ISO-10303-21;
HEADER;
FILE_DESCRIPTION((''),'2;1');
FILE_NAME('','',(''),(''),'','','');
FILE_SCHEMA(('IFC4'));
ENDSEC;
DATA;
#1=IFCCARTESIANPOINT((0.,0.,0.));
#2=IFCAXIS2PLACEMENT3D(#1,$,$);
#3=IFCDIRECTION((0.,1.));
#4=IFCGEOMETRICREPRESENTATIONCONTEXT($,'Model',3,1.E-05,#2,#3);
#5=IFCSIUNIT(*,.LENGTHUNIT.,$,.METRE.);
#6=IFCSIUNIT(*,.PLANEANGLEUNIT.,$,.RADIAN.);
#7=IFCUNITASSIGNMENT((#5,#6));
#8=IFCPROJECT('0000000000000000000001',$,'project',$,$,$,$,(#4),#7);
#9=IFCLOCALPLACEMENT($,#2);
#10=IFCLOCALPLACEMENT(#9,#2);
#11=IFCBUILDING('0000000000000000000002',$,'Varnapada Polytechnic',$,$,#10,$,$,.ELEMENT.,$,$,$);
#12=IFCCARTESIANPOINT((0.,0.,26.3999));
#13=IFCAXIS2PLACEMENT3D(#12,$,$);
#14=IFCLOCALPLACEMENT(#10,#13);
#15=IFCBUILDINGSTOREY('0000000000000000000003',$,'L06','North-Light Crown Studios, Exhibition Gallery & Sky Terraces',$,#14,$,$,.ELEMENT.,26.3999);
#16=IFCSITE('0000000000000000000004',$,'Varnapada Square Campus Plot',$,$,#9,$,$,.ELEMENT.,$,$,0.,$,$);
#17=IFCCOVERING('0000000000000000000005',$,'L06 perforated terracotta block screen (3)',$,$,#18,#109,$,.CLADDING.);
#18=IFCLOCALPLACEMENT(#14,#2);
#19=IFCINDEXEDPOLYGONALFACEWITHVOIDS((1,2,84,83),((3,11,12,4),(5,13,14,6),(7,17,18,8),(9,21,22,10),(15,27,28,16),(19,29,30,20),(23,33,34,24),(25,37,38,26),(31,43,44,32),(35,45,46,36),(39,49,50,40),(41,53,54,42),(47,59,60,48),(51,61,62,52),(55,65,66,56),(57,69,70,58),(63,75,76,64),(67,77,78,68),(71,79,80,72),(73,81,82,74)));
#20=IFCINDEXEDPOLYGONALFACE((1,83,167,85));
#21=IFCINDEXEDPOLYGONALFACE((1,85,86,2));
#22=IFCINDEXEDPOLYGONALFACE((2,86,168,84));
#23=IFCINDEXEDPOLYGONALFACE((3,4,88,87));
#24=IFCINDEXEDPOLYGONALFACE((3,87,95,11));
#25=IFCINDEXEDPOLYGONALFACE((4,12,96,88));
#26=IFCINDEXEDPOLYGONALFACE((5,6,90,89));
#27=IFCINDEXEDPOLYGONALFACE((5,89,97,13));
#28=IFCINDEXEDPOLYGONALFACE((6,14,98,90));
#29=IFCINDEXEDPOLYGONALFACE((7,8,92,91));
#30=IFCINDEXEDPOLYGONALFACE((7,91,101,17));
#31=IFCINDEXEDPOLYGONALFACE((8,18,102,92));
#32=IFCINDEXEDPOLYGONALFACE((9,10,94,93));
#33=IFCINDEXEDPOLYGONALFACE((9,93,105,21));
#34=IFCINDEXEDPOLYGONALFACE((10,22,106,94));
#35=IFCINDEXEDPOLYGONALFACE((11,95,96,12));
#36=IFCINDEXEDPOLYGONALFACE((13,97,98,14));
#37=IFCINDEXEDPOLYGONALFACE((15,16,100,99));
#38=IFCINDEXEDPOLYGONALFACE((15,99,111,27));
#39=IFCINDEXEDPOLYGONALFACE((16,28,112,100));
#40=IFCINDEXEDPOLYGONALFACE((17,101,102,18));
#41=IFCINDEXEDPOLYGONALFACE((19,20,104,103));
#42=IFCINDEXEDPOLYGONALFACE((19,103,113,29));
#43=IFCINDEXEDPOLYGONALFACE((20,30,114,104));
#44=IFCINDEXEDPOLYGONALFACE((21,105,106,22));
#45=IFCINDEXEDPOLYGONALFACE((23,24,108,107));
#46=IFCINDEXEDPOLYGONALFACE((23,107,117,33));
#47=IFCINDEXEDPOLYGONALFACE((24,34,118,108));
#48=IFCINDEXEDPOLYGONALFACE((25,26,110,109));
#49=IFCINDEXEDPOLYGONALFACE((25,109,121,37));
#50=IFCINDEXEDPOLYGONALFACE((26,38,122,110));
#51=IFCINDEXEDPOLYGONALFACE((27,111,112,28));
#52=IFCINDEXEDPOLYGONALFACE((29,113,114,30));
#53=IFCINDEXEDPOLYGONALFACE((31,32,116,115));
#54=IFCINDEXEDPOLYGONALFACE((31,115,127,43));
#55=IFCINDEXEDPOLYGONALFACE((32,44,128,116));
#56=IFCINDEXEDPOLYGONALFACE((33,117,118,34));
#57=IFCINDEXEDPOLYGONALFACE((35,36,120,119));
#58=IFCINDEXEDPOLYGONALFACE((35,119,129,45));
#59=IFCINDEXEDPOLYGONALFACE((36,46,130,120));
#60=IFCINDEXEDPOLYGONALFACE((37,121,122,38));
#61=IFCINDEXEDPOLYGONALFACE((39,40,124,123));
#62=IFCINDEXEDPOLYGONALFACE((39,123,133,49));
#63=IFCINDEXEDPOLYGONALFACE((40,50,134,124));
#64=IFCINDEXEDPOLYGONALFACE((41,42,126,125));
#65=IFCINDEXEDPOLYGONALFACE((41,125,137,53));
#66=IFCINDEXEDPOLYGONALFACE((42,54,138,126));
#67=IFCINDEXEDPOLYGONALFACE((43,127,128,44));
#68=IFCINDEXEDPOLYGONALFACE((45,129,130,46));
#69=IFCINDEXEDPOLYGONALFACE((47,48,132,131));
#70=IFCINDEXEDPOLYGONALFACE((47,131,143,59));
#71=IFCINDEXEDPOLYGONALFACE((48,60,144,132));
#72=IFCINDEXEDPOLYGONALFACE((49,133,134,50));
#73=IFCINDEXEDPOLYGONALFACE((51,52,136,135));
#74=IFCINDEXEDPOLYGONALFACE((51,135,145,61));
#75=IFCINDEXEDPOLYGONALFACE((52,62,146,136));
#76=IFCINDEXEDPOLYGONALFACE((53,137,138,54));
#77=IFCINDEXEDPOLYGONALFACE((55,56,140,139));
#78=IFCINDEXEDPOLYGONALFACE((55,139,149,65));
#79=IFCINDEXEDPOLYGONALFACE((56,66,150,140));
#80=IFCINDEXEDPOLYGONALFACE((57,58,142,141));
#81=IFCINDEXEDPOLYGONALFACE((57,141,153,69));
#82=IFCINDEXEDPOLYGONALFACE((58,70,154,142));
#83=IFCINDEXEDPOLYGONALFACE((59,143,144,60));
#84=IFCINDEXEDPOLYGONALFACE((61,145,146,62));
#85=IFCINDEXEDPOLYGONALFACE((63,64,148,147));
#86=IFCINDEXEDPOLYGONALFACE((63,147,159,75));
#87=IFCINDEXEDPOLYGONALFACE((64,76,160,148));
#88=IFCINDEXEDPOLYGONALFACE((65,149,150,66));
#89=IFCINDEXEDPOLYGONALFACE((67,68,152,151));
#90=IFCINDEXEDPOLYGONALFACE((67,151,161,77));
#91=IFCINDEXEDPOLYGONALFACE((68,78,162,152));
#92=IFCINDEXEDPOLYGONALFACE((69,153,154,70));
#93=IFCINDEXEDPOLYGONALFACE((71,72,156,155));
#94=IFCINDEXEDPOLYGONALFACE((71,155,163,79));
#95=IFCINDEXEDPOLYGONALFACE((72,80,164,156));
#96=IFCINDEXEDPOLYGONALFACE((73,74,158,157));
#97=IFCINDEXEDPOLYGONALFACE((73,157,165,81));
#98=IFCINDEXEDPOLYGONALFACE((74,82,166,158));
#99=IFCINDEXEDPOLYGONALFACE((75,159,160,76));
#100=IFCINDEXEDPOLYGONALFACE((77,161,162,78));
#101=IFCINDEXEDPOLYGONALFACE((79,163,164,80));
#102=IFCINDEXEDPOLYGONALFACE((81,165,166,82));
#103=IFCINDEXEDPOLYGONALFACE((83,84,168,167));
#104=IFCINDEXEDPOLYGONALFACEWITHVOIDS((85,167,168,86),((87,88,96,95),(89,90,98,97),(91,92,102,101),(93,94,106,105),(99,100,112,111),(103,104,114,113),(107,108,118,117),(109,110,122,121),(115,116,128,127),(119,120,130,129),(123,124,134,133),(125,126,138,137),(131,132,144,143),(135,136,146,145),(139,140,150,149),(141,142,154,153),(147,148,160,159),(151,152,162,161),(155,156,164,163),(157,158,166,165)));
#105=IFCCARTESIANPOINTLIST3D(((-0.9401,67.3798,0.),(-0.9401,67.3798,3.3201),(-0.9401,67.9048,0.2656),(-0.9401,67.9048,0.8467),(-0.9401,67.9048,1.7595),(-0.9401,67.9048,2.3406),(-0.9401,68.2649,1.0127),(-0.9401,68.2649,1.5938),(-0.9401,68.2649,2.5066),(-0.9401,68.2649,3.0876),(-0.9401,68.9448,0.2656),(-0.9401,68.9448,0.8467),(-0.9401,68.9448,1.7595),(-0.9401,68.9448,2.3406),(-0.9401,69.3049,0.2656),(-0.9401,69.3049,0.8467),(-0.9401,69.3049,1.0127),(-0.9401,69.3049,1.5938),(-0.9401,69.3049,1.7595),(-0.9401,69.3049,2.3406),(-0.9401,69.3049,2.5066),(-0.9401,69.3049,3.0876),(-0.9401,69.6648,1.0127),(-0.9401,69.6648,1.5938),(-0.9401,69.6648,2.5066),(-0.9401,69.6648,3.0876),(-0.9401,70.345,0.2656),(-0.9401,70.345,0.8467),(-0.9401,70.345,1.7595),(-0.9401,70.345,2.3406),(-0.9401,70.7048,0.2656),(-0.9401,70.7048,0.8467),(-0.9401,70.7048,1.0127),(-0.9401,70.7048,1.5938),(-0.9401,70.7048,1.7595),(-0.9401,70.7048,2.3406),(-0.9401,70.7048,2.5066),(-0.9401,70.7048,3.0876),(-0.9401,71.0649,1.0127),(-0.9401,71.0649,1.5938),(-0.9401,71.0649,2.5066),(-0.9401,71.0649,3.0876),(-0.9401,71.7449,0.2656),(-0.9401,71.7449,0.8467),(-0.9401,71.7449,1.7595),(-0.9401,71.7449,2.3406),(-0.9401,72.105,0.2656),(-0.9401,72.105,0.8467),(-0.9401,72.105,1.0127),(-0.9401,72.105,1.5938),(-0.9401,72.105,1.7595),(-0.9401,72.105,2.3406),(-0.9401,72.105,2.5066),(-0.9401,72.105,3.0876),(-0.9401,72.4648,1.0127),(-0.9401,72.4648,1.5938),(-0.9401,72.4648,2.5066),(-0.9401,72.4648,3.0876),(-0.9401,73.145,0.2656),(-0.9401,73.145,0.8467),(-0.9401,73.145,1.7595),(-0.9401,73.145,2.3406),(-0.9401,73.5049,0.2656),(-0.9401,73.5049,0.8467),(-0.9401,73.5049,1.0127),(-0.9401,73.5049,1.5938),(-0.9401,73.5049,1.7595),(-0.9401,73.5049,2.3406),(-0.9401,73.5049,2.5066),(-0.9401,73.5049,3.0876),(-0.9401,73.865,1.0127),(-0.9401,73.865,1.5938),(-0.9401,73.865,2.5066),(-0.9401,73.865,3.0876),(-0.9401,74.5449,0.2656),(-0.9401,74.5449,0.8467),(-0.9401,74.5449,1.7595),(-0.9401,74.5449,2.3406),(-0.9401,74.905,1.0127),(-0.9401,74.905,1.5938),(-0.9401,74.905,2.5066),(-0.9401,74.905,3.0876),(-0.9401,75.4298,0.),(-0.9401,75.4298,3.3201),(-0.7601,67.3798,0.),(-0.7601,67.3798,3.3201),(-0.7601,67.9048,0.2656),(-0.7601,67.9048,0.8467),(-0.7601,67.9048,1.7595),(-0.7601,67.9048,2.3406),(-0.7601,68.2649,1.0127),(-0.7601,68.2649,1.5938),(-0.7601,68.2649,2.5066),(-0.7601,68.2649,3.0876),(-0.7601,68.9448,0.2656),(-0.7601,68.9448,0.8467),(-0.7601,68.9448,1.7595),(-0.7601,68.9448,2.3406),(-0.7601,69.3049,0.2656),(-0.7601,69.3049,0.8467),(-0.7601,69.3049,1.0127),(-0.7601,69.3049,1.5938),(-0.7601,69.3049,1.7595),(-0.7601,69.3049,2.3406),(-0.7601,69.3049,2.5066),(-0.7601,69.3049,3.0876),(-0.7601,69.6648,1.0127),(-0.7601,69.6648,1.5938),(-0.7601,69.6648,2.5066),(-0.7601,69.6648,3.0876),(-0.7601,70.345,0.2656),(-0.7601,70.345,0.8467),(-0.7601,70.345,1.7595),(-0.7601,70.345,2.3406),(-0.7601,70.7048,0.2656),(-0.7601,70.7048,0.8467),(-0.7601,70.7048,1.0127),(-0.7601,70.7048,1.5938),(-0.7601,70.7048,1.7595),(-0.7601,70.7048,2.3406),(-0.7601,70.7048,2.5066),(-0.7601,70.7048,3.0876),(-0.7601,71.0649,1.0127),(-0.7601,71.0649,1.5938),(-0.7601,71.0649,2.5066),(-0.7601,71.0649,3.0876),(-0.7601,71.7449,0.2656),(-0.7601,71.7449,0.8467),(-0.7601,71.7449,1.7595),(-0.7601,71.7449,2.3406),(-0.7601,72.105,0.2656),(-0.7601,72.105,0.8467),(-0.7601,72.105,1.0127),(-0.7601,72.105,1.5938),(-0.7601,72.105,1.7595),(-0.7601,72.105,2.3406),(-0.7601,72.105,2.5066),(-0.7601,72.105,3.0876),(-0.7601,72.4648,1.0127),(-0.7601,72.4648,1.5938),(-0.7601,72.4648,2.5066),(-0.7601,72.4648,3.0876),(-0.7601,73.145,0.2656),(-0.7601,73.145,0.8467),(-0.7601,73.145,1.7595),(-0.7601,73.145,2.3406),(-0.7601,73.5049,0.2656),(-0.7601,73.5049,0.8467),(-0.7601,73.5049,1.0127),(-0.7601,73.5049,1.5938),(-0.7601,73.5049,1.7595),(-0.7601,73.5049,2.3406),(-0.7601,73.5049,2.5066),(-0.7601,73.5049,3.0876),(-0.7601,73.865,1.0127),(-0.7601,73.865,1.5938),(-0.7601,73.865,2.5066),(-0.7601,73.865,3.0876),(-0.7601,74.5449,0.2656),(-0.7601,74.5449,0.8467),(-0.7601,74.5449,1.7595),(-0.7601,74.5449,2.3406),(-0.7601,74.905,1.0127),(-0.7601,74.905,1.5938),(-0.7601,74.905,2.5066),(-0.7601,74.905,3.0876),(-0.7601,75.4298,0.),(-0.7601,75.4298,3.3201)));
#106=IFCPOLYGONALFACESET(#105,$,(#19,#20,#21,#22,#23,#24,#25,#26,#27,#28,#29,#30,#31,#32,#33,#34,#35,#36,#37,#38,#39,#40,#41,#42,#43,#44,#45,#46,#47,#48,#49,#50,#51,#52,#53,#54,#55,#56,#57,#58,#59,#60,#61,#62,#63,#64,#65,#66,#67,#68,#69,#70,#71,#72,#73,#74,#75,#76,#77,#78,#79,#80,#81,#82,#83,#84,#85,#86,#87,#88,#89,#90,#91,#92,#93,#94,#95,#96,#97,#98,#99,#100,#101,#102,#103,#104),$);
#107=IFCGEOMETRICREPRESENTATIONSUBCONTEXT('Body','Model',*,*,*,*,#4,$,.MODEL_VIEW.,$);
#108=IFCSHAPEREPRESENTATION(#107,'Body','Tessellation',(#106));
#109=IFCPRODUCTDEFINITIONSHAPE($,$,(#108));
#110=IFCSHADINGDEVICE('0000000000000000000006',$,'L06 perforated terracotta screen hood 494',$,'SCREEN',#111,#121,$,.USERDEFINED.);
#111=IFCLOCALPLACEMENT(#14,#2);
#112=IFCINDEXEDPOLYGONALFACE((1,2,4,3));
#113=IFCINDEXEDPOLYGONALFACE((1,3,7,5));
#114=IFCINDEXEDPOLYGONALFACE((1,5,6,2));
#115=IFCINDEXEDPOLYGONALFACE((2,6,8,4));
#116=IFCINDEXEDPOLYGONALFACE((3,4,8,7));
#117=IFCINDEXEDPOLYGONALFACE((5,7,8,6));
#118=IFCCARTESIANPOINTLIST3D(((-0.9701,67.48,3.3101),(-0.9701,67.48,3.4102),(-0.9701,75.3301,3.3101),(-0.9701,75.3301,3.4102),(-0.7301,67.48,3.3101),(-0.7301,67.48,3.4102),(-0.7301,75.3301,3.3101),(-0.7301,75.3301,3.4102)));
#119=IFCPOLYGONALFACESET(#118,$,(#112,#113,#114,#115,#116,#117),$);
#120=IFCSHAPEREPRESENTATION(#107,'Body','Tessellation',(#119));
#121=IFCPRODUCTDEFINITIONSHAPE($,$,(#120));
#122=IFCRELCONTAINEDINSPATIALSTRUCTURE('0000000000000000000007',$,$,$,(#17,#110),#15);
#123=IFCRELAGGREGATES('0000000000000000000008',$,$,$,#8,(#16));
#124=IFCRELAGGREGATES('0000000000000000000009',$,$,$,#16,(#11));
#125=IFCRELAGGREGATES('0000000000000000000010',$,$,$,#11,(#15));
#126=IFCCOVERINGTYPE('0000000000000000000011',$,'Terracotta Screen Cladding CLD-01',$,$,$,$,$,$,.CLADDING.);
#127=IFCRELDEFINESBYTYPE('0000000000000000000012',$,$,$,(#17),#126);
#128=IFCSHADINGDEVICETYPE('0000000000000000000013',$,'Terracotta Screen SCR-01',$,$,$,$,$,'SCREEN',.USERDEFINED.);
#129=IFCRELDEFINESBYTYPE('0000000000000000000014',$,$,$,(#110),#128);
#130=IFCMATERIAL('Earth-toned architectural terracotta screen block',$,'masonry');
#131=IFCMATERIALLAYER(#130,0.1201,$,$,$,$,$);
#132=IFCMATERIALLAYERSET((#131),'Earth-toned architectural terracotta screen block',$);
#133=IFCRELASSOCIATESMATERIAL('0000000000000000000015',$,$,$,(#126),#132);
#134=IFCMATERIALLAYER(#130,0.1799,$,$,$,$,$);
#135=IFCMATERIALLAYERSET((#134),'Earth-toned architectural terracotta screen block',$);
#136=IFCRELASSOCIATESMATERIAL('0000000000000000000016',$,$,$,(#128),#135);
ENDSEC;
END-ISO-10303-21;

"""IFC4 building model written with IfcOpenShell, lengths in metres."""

from ifc_helpers import new_model, si_unit, direction, frame, frame_2d, origin, origin_2d, place, context, subcontext, project, spatial, rectangle, extrude, material, layer, layer_set, type_object, element, save


model = new_model("IFC4")

# Units and contexts
model_context = context("Model", 3, precision=1e-05, world=origin(), true_north=direction((0.0, 1.0)))
body_context = subcontext(model_context, "Body", "Model", "MODEL_VIEW")
ifc_project = project(units=[si_unit("LENGTHUNIT", "METRE"), si_unit("PLANEANGLEUNIT", "RADIAN")], contexts=[model_context])

# Site, building, storey
site_placement = place(None, origin())
site = spatial("IfcSite", under=ifc_project, at=site_placement, Name="Varnapada Square Campus Plot", CompositionType="ELEMENT", RefElevation=0.0)
building_placement = place(site_placement, origin())
building = spatial("IfcBuilding", under=site, at=building_placement, Name="Varnapada Polytechnic", CompositionType="ELEMENT")
storey_placement = place(building_placement, frame((0.0, 0.0, 26.3999)))
storey = spatial("IfcBuildingStorey", under=building, at=storey_placement, Name="L06", Description="North-Light Crown Studios, Exhibition Gallery & Sky Terraces", CompositionType="ELEMENT", Elevation=26.3999)

# Covering, openings
ifc_material_1 = material(Name="Earth-toned architectural terracotta screen block", Category="masonry")
ifc_layer_1 = layer(ifc_material_1, 0.1201)
ifc_layer_set_1 = layer_set([ifc_layer_1], Name="Earth-toned architectural terracotta screen block")
covering_type = type_object("IfcCoveringType", Name="Terracotta Screen Cladding CLD-01", PredefinedType="CLADDING", material=ifc_layer_set_1)
covering_placement = place(storey_placement, frame((-0.8501, 67.3799, 0.0), z_axis=(0.0, 0.0, 1.0), x_axis=(0.0, 1.0, 0.0)))
covering = element("IfcCovering", 1, at=covering_placement, inside=storey, type_object=covering_type, Name="L06 perforated terracotta block screen (3)", PredefinedType="CLADDING", context=body_context, shape_type="SweptSolid", body=[
    extrude(rectangle(XDim=8.05, YDim=0.1799, at=frame_2d((4.0249, 0.0))), origin(), (0.0, 0.0, 1.0), 3.3201),
])
opening_1_placement = place(covering_placement, frame((0.5249, 0.0, 0.2656)))
element("IfcOpeningElement", 2, at=opening_1_placement, cuts=covering, PredefinedType="OPENING", context=body_context, shape_type="SweptSolid", body=[
    extrude(rectangle(XDim=1.04, YDim=0.5811, at=frame_2d((0.52, 0.2905))), frame((0.0, 0.0999, 0.0), z_axis=(0.0, -1.0, 0.0), x_axis=(1.0, 0.0, 0.0)), (0.0, 0.0, 1.0), 0.2),
])
opening_2_placement = place(covering_placement, frame((1.925, 0.0, 0.2656)))
element("IfcOpeningElement", 3, at=opening_2_placement, cuts=covering, PredefinedType="OPENING", context=body_context, shape_type="SweptSolid", body=[
    extrude(rectangle(XDim=1.04, YDim=0.5811, at=frame_2d((0.52, 0.2905))), frame((0.0, 0.0999, 0.0), z_axis=(0.0, -1.0, 0.0), x_axis=(1.0, 0.0, 0.0)), (0.0, 0.0, 1.0), 0.2),
])
opening_3_placement = place(covering_placement, frame((3.325, 0.0, 0.2656)))
element("IfcOpeningElement", 4, at=opening_3_placement, cuts=covering, PredefinedType="OPENING", context=body_context, shape_type="SweptSolid", body=[
    extrude(rectangle(XDim=1.04, YDim=0.5811, at=frame_2d((0.52, 0.2905))), frame((0.0, 0.0999, 0.0), z_axis=(0.0, -1.0, 0.0), x_axis=(1.0, 0.0, 0.0)), (0.0, 0.0, 1.0), 0.2),
])
opening_4_placement = place(covering_placement, frame((4.7251, 0.0, 0.2656)))
element("IfcOpeningElement", 5, at=opening_4_placement, cuts=covering, PredefinedType="OPENING", context=body_context, shape_type="SweptSolid", body=[
    extrude(rectangle(XDim=1.04, YDim=0.5811, at=frame_2d((0.52, 0.2905))), frame((0.0, 0.0999, 0.0), z_axis=(0.0, -1.0, 0.0), x_axis=(1.0, 0.0, 0.0)), (0.0, 0.0, 1.0), 0.2),
])
opening_5_placement = place(covering_placement, frame((6.125, 0.0, 0.2656)))
element("IfcOpeningElement", 6, at=opening_5_placement, cuts=covering, PredefinedType="OPENING", context=body_context, shape_type="SweptSolid", body=[
    extrude(rectangle(XDim=1.04, YDim=0.5811, at=frame_2d((0.52, 0.2905))), frame((0.0, 0.0999, 0.0), z_axis=(0.0, -1.0, 0.0), x_axis=(1.0, 0.0, 0.0)), (0.0, 0.0, 1.0), 0.2),
])
opening_6_placement = place(covering_placement, frame((0.885, 0.0, 1.0127)))
element("IfcOpeningElement", 7, at=opening_6_placement, cuts=covering, PredefinedType="OPENING", context=body_context, shape_type="SweptSolid", body=[
    extrude(rectangle(XDim=1.04, YDim=0.5811, at=frame_2d((0.52, 0.2905))), frame((0.0, 0.0999, 0.0), z_axis=(0.0, -1.0, 0.0), x_axis=(1.0, 0.0, 0.0)), (0.0, 0.0, 1.0), 0.2),
])
opening_7_placement = place(covering_placement, frame((2.2849, 0.0, 1.0127)))
element("IfcOpeningElement", 8, at=opening_7_placement, cuts=covering, PredefinedType="OPENING", context=body_context, shape_type="SweptSolid", body=[
    extrude(rectangle(XDim=1.04, YDim=0.5811, at=frame_2d((0.52, 0.2905))), frame((0.0, 0.0999, 0.0), z_axis=(0.0, -1.0, 0.0), x_axis=(1.0, 0.0, 0.0)), (0.0, 0.0, 1.0), 0.2),
])
opening_8_placement = place(covering_placement, frame((3.6851, 0.0, 1.0127)))
element("IfcOpeningElement", 9, at=opening_8_placement, cuts=covering, PredefinedType="OPENING", context=body_context, shape_type="SweptSolid", body=[
    extrude(rectangle(XDim=1.04, YDim=0.5811, at=frame_2d((0.52, 0.2905))), frame((0.0, 0.0999, 0.0), z_axis=(0.0, -1.0, 0.0), x_axis=(1.0, 0.0, 0.0)), (0.0, 0.0, 1.0), 0.2),
])
opening_9_placement = place(covering_placement, frame((5.085, 0.0, 1.0127)))
element("IfcOpeningElement", 10, at=opening_9_placement, cuts=covering, PredefinedType="OPENING", context=body_context, shape_type="SweptSolid", body=[
    extrude(rectangle(XDim=1.04, YDim=0.5811, at=frame_2d((0.52, 0.2905))), frame((0.0, 0.0999, 0.0), z_axis=(0.0, -1.0, 0.0), x_axis=(1.0, 0.0, 0.0)), (0.0, 0.0, 1.0), 0.2),
])
opening_10_placement = place(covering_placement, frame((6.4851, 0.0, 1.0127)))
element("IfcOpeningElement", 11, at=opening_10_placement, cuts=covering, PredefinedType="OPENING", context=body_context, shape_type="SweptSolid", body=[
    extrude(rectangle(XDim=1.04, YDim=0.5811, at=frame_2d((0.52, 0.2905))), frame((0.0, 0.0999, 0.0), z_axis=(0.0, -1.0, 0.0), x_axis=(1.0, 0.0, 0.0)), (0.0, 0.0, 1.0), 0.2),
])
opening_11_placement = place(covering_placement, frame((0.5249, 0.0, 1.7595)))
element("IfcOpeningElement", 12, at=opening_11_placement, cuts=covering, PredefinedType="OPENING", context=body_context, shape_type="SweptSolid", body=[
    extrude(rectangle(XDim=1.04, YDim=0.5811, at=frame_2d((0.52, 0.2905))), frame((0.0, 0.0999, 0.0), z_axis=(0.0, -1.0, 0.0), x_axis=(1.0, 0.0, 0.0)), (0.0, 0.0, 1.0), 0.2),
])
opening_12_placement = place(covering_placement, frame((1.925, 0.0, 1.7595)))
element("IfcOpeningElement", 13, at=opening_12_placement, cuts=covering, PredefinedType="OPENING", context=body_context, shape_type="SweptSolid", body=[
    extrude(rectangle(XDim=1.04, YDim=0.5811, at=frame_2d((0.52, 0.2905))), frame((0.0, 0.0999, 0.0), z_axis=(0.0, -1.0, 0.0), x_axis=(1.0, 0.0, 0.0)), (0.0, 0.0, 1.0), 0.2),
])
opening_13_placement = place(covering_placement, frame((3.325, 0.0, 1.7595)))
element("IfcOpeningElement", 14, at=opening_13_placement, cuts=covering, PredefinedType="OPENING", context=body_context, shape_type="SweptSolid", body=[
    extrude(rectangle(XDim=1.04, YDim=0.5811, at=frame_2d((0.52, 0.2905))), frame((0.0, 0.0999, 0.0), z_axis=(0.0, -1.0, 0.0), x_axis=(1.0, 0.0, 0.0)), (0.0, 0.0, 1.0), 0.2),
])
opening_14_placement = place(covering_placement, frame((4.7251, 0.0, 1.7595)))
element("IfcOpeningElement", 15, at=opening_14_placement, cuts=covering, PredefinedType="OPENING", context=body_context, shape_type="SweptSolid", body=[
    extrude(rectangle(XDim=1.04, YDim=0.5811, at=frame_2d((0.52, 0.2905))), frame((0.0, 0.0999, 0.0), z_axis=(0.0, -1.0, 0.0), x_axis=(1.0, 0.0, 0.0)), (0.0, 0.0, 1.0), 0.2),
])
opening_15_placement = place(covering_placement, frame((6.125, 0.0, 1.7595)))
element("IfcOpeningElement", 16, at=opening_15_placement, cuts=covering, PredefinedType="OPENING", context=body_context, shape_type="SweptSolid", body=[
    extrude(rectangle(XDim=1.04, YDim=0.5811, at=frame_2d((0.52, 0.2905))), frame((0.0, 0.0999, 0.0), z_axis=(0.0, -1.0, 0.0), x_axis=(1.0, 0.0, 0.0)), (0.0, 0.0, 1.0), 0.2),
])
opening_16_placement = place(covering_placement, frame((0.885, 0.0, 2.5066)))
element("IfcOpeningElement", 17, at=opening_16_placement, cuts=covering, PredefinedType="OPENING", context=body_context, shape_type="SweptSolid", body=[
    extrude(rectangle(XDim=1.04, YDim=0.5811, at=frame_2d((0.52, 0.2905))), frame((0.0, 0.0999, 0.0), z_axis=(0.0, -1.0, 0.0), x_axis=(1.0, 0.0, 0.0)), (0.0, 0.0, 1.0), 0.2),
])
opening_17_placement = place(covering_placement, frame((2.2849, 0.0, 2.5066)))
element("IfcOpeningElement", 18, at=opening_17_placement, cuts=covering, PredefinedType="OPENING", context=body_context, shape_type="SweptSolid", body=[
    extrude(rectangle(XDim=1.04, YDim=0.5811, at=frame_2d((0.52, 0.2905))), frame((0.0, 0.0999, 0.0), z_axis=(0.0, -1.0, 0.0), x_axis=(1.0, 0.0, 0.0)), (0.0, 0.0, 1.0), 0.2),
])
opening_18_placement = place(covering_placement, frame((3.6851, 0.0, 2.5066)))
element("IfcOpeningElement", 19, at=opening_18_placement, cuts=covering, PredefinedType="OPENING", context=body_context, shape_type="SweptSolid", body=[
    extrude(rectangle(XDim=1.04, YDim=0.5811, at=frame_2d((0.52, 0.2905))), frame((0.0, 0.0999, 0.0), z_axis=(0.0, -1.0, 0.0), x_axis=(1.0, 0.0, 0.0)), (0.0, 0.0, 1.0), 0.2),
])
opening_19_placement = place(covering_placement, frame((5.085, 0.0, 2.5066)))
element("IfcOpeningElement", 20, at=opening_19_placement, cuts=covering, PredefinedType="OPENING", context=body_context, shape_type="SweptSolid", body=[
    extrude(rectangle(XDim=1.04, YDim=0.5811, at=frame_2d((0.52, 0.2905))), frame((0.0, 0.0999, 0.0), z_axis=(0.0, -1.0, 0.0), x_axis=(1.0, 0.0, 0.0)), (0.0, 0.0, 1.0), 0.2),
])
opening_20_placement = place(covering_placement, frame((6.4851, 0.0, 2.5066)))
element("IfcOpeningElement", 21, at=opening_20_placement, cuts=covering, PredefinedType="OPENING", context=body_context, shape_type="SweptSolid", body=[
    extrude(rectangle(XDim=1.04, YDim=0.5811, at=frame_2d((0.52, 0.2905))), frame((0.0, 0.0999, 0.0), z_axis=(0.0, -1.0, 0.0), x_axis=(1.0, 0.0, 0.0)), (0.0, 0.0, 1.0), 0.2),
])

# Shading device
ifc_layer_2 = layer(ifc_material_1, 0.1799)
ifc_layer_set_2 = layer_set([ifc_layer_2], Name="Earth-toned architectural terracotta screen block")
shading_device_type = type_object("IfcShadingDeviceType", Name="Terracotta Screen SCR-01", ElementType="SCREEN", PredefinedType="USERDEFINED", material=ifc_layer_set_2)
shading_device_placement = place(storey_placement, frame((-0.8501, 71.405, 3.3101), z_axis=(0.0, 0.0, 1.0), x_axis=(0.0, 1.0, 0.0)))
element("IfcShadingDevice", 22, at=shading_device_placement, inside=storey, type_object=shading_device_type, Name="L06 perforated terracotta screen hood 494", ObjectType="SCREEN", PredefinedType="USERDEFINED", context=body_context, shape_type="SweptSolid", body=[
    extrude(rectangle(XDim=7.8501, YDim=0.24, at=origin_2d()), origin(), (0.0, 0.0, 1.0), 0.1001),
])

save(model, "model.ifc")
